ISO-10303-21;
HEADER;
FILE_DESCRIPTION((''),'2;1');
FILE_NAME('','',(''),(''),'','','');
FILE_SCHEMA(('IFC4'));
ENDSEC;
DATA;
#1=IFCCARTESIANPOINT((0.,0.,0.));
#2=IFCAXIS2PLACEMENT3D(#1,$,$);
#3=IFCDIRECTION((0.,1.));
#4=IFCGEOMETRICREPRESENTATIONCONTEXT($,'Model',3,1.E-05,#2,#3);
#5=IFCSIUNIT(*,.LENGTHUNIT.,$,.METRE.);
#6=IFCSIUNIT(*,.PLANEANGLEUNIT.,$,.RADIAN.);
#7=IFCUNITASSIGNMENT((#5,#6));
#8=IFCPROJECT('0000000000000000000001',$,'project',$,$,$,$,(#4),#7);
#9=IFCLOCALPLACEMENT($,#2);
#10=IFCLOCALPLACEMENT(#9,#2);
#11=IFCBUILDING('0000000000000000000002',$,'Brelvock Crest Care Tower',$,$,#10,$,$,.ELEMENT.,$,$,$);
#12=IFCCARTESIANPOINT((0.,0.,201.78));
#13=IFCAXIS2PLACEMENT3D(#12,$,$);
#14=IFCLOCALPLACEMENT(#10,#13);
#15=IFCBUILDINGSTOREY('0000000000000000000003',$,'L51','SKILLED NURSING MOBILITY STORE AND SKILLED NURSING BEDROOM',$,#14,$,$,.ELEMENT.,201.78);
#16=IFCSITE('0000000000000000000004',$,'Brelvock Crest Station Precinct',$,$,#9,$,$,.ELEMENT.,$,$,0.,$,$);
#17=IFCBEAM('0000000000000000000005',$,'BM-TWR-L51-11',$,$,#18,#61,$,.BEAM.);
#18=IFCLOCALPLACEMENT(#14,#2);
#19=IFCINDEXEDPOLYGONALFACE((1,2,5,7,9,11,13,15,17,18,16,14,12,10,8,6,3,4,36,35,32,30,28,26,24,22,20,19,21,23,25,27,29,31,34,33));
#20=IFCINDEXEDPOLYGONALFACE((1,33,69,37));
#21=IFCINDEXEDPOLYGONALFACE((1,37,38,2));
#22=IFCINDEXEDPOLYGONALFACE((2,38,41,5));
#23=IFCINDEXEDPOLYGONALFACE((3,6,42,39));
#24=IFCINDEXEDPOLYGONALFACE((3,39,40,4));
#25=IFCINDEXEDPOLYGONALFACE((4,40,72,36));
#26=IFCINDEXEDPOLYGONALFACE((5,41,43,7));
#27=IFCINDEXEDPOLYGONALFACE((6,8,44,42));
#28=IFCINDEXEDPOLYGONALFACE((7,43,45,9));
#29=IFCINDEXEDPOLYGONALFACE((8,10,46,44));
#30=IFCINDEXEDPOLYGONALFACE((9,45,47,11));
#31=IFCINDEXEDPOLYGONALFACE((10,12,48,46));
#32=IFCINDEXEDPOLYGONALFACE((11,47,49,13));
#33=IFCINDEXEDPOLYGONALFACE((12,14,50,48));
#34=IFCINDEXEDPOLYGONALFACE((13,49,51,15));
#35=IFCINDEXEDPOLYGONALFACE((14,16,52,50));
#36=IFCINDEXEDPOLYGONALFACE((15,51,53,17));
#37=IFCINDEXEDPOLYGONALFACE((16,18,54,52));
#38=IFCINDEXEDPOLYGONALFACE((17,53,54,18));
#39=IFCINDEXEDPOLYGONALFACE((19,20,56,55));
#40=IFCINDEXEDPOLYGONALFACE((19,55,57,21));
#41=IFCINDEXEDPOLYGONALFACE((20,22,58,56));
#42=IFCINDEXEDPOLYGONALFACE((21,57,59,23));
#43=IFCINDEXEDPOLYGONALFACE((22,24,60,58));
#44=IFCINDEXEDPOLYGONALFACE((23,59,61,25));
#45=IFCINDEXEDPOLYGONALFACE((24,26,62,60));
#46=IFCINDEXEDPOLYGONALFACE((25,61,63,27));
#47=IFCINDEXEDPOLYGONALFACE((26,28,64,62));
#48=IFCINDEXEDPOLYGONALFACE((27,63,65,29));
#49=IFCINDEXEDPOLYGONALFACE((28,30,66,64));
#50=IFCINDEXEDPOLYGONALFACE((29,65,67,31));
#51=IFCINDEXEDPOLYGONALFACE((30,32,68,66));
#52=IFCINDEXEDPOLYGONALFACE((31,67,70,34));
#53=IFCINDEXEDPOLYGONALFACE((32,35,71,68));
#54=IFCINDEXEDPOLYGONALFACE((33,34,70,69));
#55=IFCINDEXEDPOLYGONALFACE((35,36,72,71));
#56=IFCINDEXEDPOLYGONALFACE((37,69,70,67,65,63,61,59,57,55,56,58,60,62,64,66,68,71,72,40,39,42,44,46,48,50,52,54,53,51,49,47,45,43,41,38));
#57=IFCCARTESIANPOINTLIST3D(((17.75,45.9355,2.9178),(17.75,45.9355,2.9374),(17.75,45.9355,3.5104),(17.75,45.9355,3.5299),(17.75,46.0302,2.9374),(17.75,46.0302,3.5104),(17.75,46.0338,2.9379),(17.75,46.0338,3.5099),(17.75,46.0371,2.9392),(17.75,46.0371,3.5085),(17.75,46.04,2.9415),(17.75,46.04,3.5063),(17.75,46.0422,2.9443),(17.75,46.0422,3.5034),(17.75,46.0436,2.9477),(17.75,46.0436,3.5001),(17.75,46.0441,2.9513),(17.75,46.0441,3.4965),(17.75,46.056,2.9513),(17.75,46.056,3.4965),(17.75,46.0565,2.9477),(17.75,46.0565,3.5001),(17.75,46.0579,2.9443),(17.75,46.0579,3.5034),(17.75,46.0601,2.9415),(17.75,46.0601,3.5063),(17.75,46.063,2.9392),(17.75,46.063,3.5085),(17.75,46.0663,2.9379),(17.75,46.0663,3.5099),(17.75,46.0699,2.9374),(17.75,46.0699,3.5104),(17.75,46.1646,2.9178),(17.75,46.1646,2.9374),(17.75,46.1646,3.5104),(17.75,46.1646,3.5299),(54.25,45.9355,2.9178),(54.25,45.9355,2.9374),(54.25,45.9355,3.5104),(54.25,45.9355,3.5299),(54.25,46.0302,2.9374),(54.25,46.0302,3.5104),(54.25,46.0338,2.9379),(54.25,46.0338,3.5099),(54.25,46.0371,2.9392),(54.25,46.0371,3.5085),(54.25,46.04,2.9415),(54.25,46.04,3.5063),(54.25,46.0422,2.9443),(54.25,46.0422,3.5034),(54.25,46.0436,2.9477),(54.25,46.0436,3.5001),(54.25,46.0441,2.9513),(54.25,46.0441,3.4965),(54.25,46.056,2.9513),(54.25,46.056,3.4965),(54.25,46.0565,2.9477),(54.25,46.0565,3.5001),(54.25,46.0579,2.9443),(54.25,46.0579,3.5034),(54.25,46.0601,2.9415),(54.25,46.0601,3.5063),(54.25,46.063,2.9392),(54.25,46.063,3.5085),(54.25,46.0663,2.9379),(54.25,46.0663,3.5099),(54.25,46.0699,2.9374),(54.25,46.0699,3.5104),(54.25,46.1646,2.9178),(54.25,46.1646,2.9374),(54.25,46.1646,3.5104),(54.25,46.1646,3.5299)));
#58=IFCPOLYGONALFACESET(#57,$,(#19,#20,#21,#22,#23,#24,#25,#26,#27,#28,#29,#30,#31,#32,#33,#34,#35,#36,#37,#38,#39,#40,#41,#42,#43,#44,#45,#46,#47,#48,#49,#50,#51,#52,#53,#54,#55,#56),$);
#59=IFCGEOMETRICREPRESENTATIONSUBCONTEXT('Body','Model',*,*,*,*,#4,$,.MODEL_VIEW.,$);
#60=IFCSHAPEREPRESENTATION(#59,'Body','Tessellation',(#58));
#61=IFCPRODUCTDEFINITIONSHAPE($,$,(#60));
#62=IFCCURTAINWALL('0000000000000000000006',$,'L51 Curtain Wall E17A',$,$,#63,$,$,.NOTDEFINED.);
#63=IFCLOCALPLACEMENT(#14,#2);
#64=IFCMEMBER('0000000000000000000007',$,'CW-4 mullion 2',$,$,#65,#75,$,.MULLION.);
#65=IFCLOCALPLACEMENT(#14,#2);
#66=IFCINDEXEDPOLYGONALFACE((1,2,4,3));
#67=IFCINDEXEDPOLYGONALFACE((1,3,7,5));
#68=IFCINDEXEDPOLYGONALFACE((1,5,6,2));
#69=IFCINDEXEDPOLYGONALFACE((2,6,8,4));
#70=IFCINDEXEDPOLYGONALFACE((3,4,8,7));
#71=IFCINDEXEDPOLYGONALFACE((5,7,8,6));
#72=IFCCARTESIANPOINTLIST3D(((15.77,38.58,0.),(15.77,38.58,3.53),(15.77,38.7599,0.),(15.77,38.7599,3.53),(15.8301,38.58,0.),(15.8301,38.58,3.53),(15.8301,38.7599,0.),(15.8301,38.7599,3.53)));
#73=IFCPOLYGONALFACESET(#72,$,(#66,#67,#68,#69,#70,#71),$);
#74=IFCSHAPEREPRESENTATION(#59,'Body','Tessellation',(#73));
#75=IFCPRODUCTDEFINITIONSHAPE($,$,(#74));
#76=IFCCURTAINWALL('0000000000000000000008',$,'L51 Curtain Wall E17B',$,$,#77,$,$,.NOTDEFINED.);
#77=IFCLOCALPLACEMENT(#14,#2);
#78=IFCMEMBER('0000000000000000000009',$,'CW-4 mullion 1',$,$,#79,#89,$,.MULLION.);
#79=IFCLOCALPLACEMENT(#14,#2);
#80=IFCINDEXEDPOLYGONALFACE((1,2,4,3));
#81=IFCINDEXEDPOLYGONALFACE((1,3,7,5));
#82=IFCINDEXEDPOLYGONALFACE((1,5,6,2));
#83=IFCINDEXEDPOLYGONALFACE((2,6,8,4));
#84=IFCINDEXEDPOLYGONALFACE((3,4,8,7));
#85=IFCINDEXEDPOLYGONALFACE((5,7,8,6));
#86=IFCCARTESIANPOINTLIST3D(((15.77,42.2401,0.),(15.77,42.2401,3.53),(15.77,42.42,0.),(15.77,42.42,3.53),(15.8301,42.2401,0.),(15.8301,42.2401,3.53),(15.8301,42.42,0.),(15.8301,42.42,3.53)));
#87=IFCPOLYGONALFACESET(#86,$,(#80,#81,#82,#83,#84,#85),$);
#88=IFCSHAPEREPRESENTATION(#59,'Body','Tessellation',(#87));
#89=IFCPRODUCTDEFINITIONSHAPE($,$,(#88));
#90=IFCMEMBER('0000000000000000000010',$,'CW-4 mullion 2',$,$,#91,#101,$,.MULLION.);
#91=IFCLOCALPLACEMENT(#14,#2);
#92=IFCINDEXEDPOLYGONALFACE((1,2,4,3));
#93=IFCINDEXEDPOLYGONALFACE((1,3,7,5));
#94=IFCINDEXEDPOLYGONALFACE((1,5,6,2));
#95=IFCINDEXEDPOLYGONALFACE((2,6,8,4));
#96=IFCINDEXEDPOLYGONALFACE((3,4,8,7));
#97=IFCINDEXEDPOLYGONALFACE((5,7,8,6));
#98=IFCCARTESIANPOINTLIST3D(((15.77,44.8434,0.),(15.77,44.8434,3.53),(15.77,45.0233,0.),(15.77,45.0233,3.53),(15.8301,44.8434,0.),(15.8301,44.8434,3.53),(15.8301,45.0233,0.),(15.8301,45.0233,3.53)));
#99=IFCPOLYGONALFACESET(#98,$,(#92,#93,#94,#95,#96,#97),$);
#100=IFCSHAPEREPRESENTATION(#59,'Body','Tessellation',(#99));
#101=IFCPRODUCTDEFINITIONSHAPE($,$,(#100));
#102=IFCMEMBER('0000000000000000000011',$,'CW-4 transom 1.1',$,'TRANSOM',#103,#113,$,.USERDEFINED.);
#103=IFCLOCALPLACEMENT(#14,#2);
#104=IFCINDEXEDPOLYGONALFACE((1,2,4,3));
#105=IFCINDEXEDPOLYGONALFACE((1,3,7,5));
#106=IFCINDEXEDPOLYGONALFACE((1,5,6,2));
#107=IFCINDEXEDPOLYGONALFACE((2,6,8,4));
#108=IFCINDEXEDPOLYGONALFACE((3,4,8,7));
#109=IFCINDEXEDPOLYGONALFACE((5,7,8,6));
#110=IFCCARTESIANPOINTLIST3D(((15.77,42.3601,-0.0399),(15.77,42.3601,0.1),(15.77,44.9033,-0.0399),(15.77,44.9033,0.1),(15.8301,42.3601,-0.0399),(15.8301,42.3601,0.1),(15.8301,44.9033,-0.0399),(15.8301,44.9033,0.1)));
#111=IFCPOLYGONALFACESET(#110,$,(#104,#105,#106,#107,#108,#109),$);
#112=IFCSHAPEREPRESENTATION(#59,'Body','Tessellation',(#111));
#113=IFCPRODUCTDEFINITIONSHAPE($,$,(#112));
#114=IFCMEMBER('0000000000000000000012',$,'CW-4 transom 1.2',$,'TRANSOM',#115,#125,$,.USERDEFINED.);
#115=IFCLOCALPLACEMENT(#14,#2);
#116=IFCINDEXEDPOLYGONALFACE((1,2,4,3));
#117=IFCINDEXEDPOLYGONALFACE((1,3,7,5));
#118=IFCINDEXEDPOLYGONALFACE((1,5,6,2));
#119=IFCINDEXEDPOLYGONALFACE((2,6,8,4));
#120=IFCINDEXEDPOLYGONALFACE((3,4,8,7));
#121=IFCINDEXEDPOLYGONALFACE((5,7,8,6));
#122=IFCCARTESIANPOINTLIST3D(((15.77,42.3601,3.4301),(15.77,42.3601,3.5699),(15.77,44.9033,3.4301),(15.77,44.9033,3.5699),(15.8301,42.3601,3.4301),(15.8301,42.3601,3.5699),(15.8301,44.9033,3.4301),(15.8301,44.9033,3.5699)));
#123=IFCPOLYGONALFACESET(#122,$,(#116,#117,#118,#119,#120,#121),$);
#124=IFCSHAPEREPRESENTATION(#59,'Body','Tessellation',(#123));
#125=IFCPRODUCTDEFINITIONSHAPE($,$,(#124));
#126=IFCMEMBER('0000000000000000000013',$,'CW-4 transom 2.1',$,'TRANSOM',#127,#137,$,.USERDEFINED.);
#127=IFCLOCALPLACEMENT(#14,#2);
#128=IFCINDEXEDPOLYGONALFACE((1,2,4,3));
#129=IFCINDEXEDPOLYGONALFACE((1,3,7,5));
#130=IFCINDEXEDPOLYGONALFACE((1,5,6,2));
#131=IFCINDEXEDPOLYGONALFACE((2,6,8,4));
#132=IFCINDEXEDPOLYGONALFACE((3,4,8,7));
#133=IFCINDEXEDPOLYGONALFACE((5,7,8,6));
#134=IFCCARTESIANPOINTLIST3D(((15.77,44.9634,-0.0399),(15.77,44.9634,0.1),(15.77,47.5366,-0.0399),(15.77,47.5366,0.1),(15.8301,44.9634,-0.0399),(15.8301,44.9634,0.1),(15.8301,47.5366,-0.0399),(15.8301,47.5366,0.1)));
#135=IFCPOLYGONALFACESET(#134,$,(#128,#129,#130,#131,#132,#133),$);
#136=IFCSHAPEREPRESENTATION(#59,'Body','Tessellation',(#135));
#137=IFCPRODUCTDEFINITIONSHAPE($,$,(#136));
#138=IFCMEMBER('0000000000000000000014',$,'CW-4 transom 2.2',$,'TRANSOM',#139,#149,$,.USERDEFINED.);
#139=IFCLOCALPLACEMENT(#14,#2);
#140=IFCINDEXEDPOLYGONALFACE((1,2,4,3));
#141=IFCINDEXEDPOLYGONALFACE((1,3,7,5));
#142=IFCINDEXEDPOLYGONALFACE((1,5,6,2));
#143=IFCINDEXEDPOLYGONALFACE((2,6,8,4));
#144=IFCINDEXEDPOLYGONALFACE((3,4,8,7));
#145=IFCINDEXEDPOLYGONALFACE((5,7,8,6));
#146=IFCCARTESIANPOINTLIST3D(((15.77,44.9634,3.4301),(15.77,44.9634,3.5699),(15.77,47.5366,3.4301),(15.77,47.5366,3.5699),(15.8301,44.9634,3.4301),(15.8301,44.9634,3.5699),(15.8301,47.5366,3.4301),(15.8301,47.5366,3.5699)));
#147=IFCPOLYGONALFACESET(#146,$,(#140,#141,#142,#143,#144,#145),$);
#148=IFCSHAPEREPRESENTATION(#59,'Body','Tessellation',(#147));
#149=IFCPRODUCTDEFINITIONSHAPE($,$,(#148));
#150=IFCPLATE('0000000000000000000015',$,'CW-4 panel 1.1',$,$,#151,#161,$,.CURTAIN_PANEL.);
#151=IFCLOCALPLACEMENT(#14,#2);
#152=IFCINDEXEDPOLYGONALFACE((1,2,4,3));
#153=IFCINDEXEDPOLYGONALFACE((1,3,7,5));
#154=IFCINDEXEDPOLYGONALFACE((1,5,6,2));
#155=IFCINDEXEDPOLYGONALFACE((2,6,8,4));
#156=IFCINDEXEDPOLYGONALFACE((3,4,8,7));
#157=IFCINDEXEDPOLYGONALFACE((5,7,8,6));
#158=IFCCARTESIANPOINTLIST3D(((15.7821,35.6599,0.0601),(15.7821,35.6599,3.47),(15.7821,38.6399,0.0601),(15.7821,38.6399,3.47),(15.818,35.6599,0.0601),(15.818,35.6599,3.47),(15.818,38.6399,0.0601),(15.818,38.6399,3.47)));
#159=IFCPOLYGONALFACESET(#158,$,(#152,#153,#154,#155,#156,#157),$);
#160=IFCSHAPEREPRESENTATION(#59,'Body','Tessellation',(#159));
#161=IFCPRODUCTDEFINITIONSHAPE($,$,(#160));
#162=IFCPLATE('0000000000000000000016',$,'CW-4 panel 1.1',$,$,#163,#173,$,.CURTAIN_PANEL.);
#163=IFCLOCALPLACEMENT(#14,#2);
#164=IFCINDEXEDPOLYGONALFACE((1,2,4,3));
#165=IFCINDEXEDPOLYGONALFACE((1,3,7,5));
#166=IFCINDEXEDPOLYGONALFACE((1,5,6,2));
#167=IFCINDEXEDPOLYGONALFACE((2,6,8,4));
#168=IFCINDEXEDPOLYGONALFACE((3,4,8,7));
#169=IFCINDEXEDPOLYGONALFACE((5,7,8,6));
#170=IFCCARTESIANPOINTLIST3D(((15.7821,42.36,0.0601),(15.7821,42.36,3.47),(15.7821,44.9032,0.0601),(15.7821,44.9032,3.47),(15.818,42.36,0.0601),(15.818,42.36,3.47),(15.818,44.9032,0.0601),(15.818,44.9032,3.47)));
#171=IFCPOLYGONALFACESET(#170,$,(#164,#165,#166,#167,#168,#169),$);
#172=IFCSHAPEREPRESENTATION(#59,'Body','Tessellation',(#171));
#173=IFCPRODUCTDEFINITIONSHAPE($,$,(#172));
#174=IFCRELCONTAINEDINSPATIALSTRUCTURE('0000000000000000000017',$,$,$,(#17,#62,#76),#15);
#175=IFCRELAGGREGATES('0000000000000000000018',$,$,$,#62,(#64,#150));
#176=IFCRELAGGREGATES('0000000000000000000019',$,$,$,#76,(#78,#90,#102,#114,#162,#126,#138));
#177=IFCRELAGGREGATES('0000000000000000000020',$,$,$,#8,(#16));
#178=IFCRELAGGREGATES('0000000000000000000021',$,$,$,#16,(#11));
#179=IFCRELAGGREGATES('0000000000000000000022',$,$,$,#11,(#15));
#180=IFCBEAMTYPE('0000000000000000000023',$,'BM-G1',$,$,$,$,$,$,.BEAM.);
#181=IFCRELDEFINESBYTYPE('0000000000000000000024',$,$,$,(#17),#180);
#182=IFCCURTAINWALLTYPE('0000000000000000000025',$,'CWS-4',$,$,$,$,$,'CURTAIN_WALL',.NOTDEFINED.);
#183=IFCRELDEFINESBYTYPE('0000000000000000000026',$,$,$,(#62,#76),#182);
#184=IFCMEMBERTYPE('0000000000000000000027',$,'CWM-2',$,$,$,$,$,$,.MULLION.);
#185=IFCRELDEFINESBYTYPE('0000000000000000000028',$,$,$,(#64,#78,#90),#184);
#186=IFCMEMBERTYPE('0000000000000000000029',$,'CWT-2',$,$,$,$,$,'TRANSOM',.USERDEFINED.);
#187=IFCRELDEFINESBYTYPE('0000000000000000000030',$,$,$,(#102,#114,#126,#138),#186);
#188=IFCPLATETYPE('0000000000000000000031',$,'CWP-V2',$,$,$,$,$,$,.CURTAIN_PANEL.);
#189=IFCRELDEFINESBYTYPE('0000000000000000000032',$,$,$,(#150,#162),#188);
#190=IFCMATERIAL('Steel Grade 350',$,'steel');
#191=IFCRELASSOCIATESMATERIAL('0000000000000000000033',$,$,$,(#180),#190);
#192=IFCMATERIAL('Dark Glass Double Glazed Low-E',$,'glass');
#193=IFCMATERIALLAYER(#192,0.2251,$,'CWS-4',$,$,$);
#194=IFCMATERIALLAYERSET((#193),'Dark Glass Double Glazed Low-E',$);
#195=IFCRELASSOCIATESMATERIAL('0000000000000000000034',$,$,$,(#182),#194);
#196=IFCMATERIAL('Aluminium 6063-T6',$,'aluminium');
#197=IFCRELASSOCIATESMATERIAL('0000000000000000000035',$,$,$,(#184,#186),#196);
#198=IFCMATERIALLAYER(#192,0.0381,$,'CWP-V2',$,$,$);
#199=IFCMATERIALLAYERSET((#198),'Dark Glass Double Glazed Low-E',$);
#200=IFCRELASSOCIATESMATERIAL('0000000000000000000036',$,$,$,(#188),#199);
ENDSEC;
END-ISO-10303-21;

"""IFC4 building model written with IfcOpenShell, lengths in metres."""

from ifc_helpers import new_model, si_unit, direction, frame, origin, origin_2d, place, context, subcontext, project, spatial, rectangle, i_section, extrude, source, transform, mapped, material, layer, layer_set, material_profile, profile_set, type_object, element, aggregate, save


model = new_model("IFC4")

# Units and contexts
model_context = context("Model", 3, precision=1e-05, world=origin(), true_north=direction((0.0, 1.0)))
body_context = subcontext(model_context, "Body", "Model", "MODEL_VIEW")
ifc_project = project(units=[si_unit("LENGTHUNIT", "METRE"), si_unit("PLANEANGLEUNIT", "RADIAN")], contexts=[model_context])

# Site, building, storey
site_placement = place(None, origin())
site = spatial("IfcSite", under=ifc_project, at=site_placement, Name="Brelvock Crest Station Precinct", CompositionType="ELEMENT", RefElevation=0.0)
building_placement = place(site_placement, origin())
building = spatial("IfcBuilding", under=site, at=building_placement, Name="Brelvock Crest Care Tower", CompositionType="ELEMENT")
storey_placement = place(building_placement, frame((0.0, 0.0, 201.78)))
storey = spatial("IfcBuildingStorey", under=building, at=storey_placement, Name="L51", Description="SKILLED NURSING MOBILITY STORE AND SKILLED NURSING BEDROOM", CompositionType="ELEMENT", Elevation=201.78)

# Shared definitions
ifc_material_1 = material(Name="Steel Grade 350", Category="steel")

# Beam
ifc_material_profile_1 = material_profile(ifc_material_1, i_section(OverallWidth=0.229, OverallDepth=0.6121, WebThickness=0.012, FlangeThickness=0.0195, FilletRadius=0.0139, at=origin_2d()), Name="610UB125")
ifc_profile_set_1 = profile_set([ifc_material_profile_1], Name="Steel Grade 350")
beam_type_1 = type_object("IfcBeamType", Name="BM-G1", PredefinedType="BEAM", material=ifc_profile_set_1)
shared_shape_1 = source(origin(), body_context, "Body", "SweptSolid", [
    extrude(i_section(OverallWidth=0.229, OverallDepth=0.6121, WebThickness=0.012, FlangeThickness=0.0195, FilletRadius=0.0139, at=origin_2d()), origin(), (0.0, 0.0, 1.0), 36.5),
])
beam_1_placement = place(storey_placement, frame((17.75, 46.05, 3.2239), z_axis=(1.0, 0.0, 0.0), x_axis=(0.0, 1.0, 0.0)))
element("IfcBeam", 1, at=beam_1_placement, inside=storey, type_object=beam_type_1, Name="BM-TWR-L51-11", PredefinedType="BEAM", context=body_context, shape_type="MappedRepresentation", body=[
    mapped(shared_shape_1, transform((0.0, 0.0, 0.0), x_axis=(1.0, 0.0, 0.0), y_axis=(0.0, 1.0, 0.0), z_axis=(0.0, 0.0, 1.0), scale=1.0)),
])

# Curtain wall, member
ifc_material_2 = material(Name="Dark Glass Double Glazed Low-E", Category="glass")
ifc_layer_1 = layer(ifc_material_2, 0.2251, Name="CWS-4")
ifc_layer_set_1 = layer_set([ifc_layer_1], Name="Dark Glass Double Glazed Low-E")
curtain_wall_type = type_object("IfcCurtainWallType", Name="CWS-4", ElementType="CURTAIN_WALL", PredefinedType="NOTDEFINED", material=ifc_layer_set_1)
curtain_wall_1_placement = place(storey_placement, origin())
curtain_wall_1 = element("IfcCurtainWall", 2, at=curtain_wall_1_placement, inside=storey, type_object=curtain_wall_type, Name="L51 Curtain Wall E17A", PredefinedType="NOTDEFINED")
ifc_material_3 = material(Name="Aluminium 6063-T6", Category="aluminium")
ifc_material_profile_2 = material_profile(ifc_material_3, rectangle(XDim=0.0601, YDim=0.1799, at=origin_2d()), Name="ALU60x180")
ifc_profile_set_2 = profile_set([ifc_material_profile_2], Name="Aluminium 6063-T6")
member_type_1 = type_object("IfcMemberType", Name="CWM-2", PredefinedType="MULLION", material=ifc_profile_set_2)
shared_shape_2 = source(origin(), body_context, "Body", "SweptSolid", [
    extrude(rectangle(XDim=0.0601, YDim=0.1799, at=origin_2d()), origin(), (0.0, 0.0, 1.0), 3.53),
])
member_1_placement = place(storey_placement, frame((15.8, 38.6699, 0.0), z_axis=(0.0, 0.0, 1.0), x_axis=(-1.0, 0.0, 0.0)))
member_1 = element("IfcMember", 3, at=member_1_placement, type_object=member_type_1, Name="CW-4 mullion 2", PredefinedType="MULLION", context=body_context, shape_type="MappedRepresentation", body=[
    mapped(shared_shape_2, transform((0.0, 0.0, 0.0), x_axis=(1.0, 0.0, 0.0), y_axis=(0.0, 1.0, 0.0), z_axis=(0.0, 0.0, 1.0), scale=1.0)),
])

# Curtain wall, members
curtain_wall_2_placement = place(storey_placement, origin())
curtain_wall_2 = element("IfcCurtainWall", 4, at=curtain_wall_2_placement, inside=storey, type_object=curtain_wall_type, Name="L51 Curtain Wall E17B", PredefinedType="NOTDEFINED")
member_2_placement = place(storey_placement, frame((15.8, 42.3301, 0.0), z_axis=(0.0, 0.0, 1.0), x_axis=(-1.0, 0.0, 0.0)))
member_2 = element("IfcMember", 5, at=member_2_placement, type_object=member_type_1, Name="CW-4 mullion 1", PredefinedType="MULLION", context=body_context, shape_type="MappedRepresentation", body=[
    mapped(shared_shape_2, transform((0.0, 0.0, 0.0), x_axis=(1.0, 0.0, 0.0), y_axis=(0.0, 1.0, 0.0), z_axis=(0.0, 0.0, 1.0), scale=1.0)),
])
member_3_placement = place(storey_placement, frame((15.8, 44.9333, 0.0), z_axis=(0.0, 0.0, 1.0), x_axis=(-1.0, 0.0, 0.0)))
member_3 = element("IfcMember", 6, at=member_3_placement, type_object=member_type_1, Name="CW-4 mullion 2", PredefinedType="MULLION", context=body_context, shape_type="MappedRepresentation", body=[
    mapped(shared_shape_2, transform((0.0, 0.0, 0.0), x_axis=(1.0, 0.0, 0.0), y_axis=(0.0, 1.0, 0.0), z_axis=(0.0, 0.0, 1.0), scale=1.0)),
])
ifc_material_profile_3 = material_profile(ifc_material_3, rectangle(XDim=0.0601, YDim=0.1399, at=origin_2d()), Name="ALU60x140")
ifc_profile_set_3 = profile_set([ifc_material_profile_3], Name="Aluminium 6063-T6")
member_type_2 = type_object("IfcMemberType", Name="CWT-2", ElementType="TRANSOM", PredefinedType="USERDEFINED", material=ifc_profile_set_3)
shared_shape_3 = source(origin(), body_context, "Body", "SweptSolid", [
    extrude(rectangle(XDim=0.0601, YDim=0.1399, at=origin_2d()), origin(), (0.0, 0.0, 1.0), 2.5432),
])
member_4_placement = place(storey_placement, frame((15.8, 42.3601, 0.03), z_axis=(0.0, 1.0, 0.0), x_axis=(-1.0, 0.0, 0.0)))
member_4 = element("IfcMember", 7, at=member_4_placement, type_object=member_type_2, Name="CW-4 transom 1.1", ObjectType="TRANSOM", PredefinedType="USERDEFINED", context=body_context, shape_type="MappedRepresentation", body=[
    mapped(shared_shape_3, transform((0.0, 0.0, 0.0), x_axis=(1.0, 0.0, 0.0), y_axis=(0.0, 1.0, 0.0), z_axis=(0.0, 0.0, 1.0), scale=1.0)),
])
member_5_placement = place(storey_placement, frame((15.8, 42.3601, 3.5), z_axis=(0.0, 1.0, 0.0), x_axis=(-1.0, 0.0, 0.0)))
member_5 = element("IfcMember", 8, at=member_5_placement, type_object=member_type_2, Name="CW-4 transom 1.2", ObjectType="TRANSOM", PredefinedType="USERDEFINED", context=body_context, shape_type="MappedRepresentation", body=[
    mapped(shared_shape_3, transform((0.0, 0.0, 0.0), x_axis=(1.0, 0.0, 0.0), y_axis=(0.0, 1.0, 0.0), z_axis=(0.0, 0.0, 1.0), scale=1.0)),
])
shared_shape_4 = source(origin(), body_context, "Body", "SweptSolid", [
    extrude(rectangle(XDim=0.0601, YDim=0.1399, at=origin_2d()), origin(), (0.0, 0.0, 1.0), 2.5732),
])
member_6_placement = place(storey_placement, frame((15.8, 44.9634, 0.03), z_axis=(0.0, 1.0, 0.0), x_axis=(-1.0, 0.0, 0.0)))
member_6 = element("IfcMember", 9, at=member_6_placement, type_object=member_type_2, Name="CW-4 transom 2.1", ObjectType="TRANSOM", PredefinedType="USERDEFINED", context=body_context, shape_type="MappedRepresentation", body=[
    mapped(shared_shape_4, transform((0.0, 0.0, 0.0), x_axis=(1.0, 0.0, 0.0), y_axis=(0.0, 1.0, 0.0), z_axis=(0.0, 0.0, 1.0), scale=1.0)),
])
member_7_placement = place(storey_placement, frame((15.8, 44.9634, 3.5), z_axis=(0.0, 1.0, 0.0), x_axis=(-1.0, 0.0, 0.0)))
member_7 = element("IfcMember", 10, at=member_7_placement, type_object=member_type_2, Name="CW-4 transom 2.2", ObjectType="TRANSOM", PredefinedType="USERDEFINED", context=body_context, shape_type="MappedRepresentation", body=[
    mapped(shared_shape_4, transform((0.0, 0.0, 0.0), x_axis=(1.0, 0.0, 0.0), y_axis=(0.0, 1.0, 0.0), z_axis=(0.0, 0.0, 1.0), scale=1.0)),
])

# Plates
ifc_layer_2 = layer(ifc_material_2, 0.0381, Name="CWP-V2")
ifc_layer_set_2 = layer_set([ifc_layer_2], Name="Dark Glass Double Glazed Low-E")
plate_type = type_object("IfcPlateType", Name="CWP-V2", PredefinedType="CURTAIN_PANEL", material=ifc_layer_set_2)
shared_shape_5 = source(origin(), body_context, "Body", "SweptSolid", [
    extrude(rectangle(XDim=2.98, YDim=0.0359, at=origin_2d()), origin(), (0.0, 0.0, 1.0), 3.4099),
])
plate_1_placement = place(storey_placement, frame((15.8, 37.1499, 0.0601), z_axis=(0.0, 0.0, 1.0), x_axis=(0.0, 1.0, 0.0)))
plate_1 = element("IfcPlate", 11, at=plate_1_placement, type_object=plate_type, Name="CW-4 panel 1.1", PredefinedType="CURTAIN_PANEL", context=body_context, shape_type="MappedRepresentation", body=[
    mapped(shared_shape_5, transform((0.0, 0.0, 0.0), x_axis=(1.0, 0.0, 0.0), y_axis=(0.0, 1.0, 0.0), z_axis=(0.0, 0.0, 1.0), scale=1.0)),
])
aggregate(curtain_wall_1, [member_1, plate_1])
shared_shape_6 = source(origin(), body_context, "Body", "SweptSolid", [
    extrude(rectangle(XDim=2.5432, YDim=0.0359, at=origin_2d()), origin(), (0.0, 0.0, 1.0), 3.4099),
])
plate_2_placement = place(storey_placement, frame((15.8, 43.6316, 0.0601), z_axis=(0.0, 0.0, 1.0), x_axis=(0.0, 1.0, 0.0)))
plate_2 = element("IfcPlate", 12, at=plate_2_placement, type_object=plate_type, Name="CW-4 panel 1.1", PredefinedType="CURTAIN_PANEL", context=body_context, shape_type="MappedRepresentation", body=[
    mapped(shared_shape_6, transform((0.0, 0.0, 0.0), x_axis=(1.0, 0.0, 0.0), y_axis=(0.0, 1.0, 0.0), z_axis=(0.0, 0.0, 1.0), scale=1.0)),
])
aggregate(curtain_wall_2, [member_2, member_3, member_4, member_5, plate_2, member_6, member_7])

save(model, "model.ifc")
